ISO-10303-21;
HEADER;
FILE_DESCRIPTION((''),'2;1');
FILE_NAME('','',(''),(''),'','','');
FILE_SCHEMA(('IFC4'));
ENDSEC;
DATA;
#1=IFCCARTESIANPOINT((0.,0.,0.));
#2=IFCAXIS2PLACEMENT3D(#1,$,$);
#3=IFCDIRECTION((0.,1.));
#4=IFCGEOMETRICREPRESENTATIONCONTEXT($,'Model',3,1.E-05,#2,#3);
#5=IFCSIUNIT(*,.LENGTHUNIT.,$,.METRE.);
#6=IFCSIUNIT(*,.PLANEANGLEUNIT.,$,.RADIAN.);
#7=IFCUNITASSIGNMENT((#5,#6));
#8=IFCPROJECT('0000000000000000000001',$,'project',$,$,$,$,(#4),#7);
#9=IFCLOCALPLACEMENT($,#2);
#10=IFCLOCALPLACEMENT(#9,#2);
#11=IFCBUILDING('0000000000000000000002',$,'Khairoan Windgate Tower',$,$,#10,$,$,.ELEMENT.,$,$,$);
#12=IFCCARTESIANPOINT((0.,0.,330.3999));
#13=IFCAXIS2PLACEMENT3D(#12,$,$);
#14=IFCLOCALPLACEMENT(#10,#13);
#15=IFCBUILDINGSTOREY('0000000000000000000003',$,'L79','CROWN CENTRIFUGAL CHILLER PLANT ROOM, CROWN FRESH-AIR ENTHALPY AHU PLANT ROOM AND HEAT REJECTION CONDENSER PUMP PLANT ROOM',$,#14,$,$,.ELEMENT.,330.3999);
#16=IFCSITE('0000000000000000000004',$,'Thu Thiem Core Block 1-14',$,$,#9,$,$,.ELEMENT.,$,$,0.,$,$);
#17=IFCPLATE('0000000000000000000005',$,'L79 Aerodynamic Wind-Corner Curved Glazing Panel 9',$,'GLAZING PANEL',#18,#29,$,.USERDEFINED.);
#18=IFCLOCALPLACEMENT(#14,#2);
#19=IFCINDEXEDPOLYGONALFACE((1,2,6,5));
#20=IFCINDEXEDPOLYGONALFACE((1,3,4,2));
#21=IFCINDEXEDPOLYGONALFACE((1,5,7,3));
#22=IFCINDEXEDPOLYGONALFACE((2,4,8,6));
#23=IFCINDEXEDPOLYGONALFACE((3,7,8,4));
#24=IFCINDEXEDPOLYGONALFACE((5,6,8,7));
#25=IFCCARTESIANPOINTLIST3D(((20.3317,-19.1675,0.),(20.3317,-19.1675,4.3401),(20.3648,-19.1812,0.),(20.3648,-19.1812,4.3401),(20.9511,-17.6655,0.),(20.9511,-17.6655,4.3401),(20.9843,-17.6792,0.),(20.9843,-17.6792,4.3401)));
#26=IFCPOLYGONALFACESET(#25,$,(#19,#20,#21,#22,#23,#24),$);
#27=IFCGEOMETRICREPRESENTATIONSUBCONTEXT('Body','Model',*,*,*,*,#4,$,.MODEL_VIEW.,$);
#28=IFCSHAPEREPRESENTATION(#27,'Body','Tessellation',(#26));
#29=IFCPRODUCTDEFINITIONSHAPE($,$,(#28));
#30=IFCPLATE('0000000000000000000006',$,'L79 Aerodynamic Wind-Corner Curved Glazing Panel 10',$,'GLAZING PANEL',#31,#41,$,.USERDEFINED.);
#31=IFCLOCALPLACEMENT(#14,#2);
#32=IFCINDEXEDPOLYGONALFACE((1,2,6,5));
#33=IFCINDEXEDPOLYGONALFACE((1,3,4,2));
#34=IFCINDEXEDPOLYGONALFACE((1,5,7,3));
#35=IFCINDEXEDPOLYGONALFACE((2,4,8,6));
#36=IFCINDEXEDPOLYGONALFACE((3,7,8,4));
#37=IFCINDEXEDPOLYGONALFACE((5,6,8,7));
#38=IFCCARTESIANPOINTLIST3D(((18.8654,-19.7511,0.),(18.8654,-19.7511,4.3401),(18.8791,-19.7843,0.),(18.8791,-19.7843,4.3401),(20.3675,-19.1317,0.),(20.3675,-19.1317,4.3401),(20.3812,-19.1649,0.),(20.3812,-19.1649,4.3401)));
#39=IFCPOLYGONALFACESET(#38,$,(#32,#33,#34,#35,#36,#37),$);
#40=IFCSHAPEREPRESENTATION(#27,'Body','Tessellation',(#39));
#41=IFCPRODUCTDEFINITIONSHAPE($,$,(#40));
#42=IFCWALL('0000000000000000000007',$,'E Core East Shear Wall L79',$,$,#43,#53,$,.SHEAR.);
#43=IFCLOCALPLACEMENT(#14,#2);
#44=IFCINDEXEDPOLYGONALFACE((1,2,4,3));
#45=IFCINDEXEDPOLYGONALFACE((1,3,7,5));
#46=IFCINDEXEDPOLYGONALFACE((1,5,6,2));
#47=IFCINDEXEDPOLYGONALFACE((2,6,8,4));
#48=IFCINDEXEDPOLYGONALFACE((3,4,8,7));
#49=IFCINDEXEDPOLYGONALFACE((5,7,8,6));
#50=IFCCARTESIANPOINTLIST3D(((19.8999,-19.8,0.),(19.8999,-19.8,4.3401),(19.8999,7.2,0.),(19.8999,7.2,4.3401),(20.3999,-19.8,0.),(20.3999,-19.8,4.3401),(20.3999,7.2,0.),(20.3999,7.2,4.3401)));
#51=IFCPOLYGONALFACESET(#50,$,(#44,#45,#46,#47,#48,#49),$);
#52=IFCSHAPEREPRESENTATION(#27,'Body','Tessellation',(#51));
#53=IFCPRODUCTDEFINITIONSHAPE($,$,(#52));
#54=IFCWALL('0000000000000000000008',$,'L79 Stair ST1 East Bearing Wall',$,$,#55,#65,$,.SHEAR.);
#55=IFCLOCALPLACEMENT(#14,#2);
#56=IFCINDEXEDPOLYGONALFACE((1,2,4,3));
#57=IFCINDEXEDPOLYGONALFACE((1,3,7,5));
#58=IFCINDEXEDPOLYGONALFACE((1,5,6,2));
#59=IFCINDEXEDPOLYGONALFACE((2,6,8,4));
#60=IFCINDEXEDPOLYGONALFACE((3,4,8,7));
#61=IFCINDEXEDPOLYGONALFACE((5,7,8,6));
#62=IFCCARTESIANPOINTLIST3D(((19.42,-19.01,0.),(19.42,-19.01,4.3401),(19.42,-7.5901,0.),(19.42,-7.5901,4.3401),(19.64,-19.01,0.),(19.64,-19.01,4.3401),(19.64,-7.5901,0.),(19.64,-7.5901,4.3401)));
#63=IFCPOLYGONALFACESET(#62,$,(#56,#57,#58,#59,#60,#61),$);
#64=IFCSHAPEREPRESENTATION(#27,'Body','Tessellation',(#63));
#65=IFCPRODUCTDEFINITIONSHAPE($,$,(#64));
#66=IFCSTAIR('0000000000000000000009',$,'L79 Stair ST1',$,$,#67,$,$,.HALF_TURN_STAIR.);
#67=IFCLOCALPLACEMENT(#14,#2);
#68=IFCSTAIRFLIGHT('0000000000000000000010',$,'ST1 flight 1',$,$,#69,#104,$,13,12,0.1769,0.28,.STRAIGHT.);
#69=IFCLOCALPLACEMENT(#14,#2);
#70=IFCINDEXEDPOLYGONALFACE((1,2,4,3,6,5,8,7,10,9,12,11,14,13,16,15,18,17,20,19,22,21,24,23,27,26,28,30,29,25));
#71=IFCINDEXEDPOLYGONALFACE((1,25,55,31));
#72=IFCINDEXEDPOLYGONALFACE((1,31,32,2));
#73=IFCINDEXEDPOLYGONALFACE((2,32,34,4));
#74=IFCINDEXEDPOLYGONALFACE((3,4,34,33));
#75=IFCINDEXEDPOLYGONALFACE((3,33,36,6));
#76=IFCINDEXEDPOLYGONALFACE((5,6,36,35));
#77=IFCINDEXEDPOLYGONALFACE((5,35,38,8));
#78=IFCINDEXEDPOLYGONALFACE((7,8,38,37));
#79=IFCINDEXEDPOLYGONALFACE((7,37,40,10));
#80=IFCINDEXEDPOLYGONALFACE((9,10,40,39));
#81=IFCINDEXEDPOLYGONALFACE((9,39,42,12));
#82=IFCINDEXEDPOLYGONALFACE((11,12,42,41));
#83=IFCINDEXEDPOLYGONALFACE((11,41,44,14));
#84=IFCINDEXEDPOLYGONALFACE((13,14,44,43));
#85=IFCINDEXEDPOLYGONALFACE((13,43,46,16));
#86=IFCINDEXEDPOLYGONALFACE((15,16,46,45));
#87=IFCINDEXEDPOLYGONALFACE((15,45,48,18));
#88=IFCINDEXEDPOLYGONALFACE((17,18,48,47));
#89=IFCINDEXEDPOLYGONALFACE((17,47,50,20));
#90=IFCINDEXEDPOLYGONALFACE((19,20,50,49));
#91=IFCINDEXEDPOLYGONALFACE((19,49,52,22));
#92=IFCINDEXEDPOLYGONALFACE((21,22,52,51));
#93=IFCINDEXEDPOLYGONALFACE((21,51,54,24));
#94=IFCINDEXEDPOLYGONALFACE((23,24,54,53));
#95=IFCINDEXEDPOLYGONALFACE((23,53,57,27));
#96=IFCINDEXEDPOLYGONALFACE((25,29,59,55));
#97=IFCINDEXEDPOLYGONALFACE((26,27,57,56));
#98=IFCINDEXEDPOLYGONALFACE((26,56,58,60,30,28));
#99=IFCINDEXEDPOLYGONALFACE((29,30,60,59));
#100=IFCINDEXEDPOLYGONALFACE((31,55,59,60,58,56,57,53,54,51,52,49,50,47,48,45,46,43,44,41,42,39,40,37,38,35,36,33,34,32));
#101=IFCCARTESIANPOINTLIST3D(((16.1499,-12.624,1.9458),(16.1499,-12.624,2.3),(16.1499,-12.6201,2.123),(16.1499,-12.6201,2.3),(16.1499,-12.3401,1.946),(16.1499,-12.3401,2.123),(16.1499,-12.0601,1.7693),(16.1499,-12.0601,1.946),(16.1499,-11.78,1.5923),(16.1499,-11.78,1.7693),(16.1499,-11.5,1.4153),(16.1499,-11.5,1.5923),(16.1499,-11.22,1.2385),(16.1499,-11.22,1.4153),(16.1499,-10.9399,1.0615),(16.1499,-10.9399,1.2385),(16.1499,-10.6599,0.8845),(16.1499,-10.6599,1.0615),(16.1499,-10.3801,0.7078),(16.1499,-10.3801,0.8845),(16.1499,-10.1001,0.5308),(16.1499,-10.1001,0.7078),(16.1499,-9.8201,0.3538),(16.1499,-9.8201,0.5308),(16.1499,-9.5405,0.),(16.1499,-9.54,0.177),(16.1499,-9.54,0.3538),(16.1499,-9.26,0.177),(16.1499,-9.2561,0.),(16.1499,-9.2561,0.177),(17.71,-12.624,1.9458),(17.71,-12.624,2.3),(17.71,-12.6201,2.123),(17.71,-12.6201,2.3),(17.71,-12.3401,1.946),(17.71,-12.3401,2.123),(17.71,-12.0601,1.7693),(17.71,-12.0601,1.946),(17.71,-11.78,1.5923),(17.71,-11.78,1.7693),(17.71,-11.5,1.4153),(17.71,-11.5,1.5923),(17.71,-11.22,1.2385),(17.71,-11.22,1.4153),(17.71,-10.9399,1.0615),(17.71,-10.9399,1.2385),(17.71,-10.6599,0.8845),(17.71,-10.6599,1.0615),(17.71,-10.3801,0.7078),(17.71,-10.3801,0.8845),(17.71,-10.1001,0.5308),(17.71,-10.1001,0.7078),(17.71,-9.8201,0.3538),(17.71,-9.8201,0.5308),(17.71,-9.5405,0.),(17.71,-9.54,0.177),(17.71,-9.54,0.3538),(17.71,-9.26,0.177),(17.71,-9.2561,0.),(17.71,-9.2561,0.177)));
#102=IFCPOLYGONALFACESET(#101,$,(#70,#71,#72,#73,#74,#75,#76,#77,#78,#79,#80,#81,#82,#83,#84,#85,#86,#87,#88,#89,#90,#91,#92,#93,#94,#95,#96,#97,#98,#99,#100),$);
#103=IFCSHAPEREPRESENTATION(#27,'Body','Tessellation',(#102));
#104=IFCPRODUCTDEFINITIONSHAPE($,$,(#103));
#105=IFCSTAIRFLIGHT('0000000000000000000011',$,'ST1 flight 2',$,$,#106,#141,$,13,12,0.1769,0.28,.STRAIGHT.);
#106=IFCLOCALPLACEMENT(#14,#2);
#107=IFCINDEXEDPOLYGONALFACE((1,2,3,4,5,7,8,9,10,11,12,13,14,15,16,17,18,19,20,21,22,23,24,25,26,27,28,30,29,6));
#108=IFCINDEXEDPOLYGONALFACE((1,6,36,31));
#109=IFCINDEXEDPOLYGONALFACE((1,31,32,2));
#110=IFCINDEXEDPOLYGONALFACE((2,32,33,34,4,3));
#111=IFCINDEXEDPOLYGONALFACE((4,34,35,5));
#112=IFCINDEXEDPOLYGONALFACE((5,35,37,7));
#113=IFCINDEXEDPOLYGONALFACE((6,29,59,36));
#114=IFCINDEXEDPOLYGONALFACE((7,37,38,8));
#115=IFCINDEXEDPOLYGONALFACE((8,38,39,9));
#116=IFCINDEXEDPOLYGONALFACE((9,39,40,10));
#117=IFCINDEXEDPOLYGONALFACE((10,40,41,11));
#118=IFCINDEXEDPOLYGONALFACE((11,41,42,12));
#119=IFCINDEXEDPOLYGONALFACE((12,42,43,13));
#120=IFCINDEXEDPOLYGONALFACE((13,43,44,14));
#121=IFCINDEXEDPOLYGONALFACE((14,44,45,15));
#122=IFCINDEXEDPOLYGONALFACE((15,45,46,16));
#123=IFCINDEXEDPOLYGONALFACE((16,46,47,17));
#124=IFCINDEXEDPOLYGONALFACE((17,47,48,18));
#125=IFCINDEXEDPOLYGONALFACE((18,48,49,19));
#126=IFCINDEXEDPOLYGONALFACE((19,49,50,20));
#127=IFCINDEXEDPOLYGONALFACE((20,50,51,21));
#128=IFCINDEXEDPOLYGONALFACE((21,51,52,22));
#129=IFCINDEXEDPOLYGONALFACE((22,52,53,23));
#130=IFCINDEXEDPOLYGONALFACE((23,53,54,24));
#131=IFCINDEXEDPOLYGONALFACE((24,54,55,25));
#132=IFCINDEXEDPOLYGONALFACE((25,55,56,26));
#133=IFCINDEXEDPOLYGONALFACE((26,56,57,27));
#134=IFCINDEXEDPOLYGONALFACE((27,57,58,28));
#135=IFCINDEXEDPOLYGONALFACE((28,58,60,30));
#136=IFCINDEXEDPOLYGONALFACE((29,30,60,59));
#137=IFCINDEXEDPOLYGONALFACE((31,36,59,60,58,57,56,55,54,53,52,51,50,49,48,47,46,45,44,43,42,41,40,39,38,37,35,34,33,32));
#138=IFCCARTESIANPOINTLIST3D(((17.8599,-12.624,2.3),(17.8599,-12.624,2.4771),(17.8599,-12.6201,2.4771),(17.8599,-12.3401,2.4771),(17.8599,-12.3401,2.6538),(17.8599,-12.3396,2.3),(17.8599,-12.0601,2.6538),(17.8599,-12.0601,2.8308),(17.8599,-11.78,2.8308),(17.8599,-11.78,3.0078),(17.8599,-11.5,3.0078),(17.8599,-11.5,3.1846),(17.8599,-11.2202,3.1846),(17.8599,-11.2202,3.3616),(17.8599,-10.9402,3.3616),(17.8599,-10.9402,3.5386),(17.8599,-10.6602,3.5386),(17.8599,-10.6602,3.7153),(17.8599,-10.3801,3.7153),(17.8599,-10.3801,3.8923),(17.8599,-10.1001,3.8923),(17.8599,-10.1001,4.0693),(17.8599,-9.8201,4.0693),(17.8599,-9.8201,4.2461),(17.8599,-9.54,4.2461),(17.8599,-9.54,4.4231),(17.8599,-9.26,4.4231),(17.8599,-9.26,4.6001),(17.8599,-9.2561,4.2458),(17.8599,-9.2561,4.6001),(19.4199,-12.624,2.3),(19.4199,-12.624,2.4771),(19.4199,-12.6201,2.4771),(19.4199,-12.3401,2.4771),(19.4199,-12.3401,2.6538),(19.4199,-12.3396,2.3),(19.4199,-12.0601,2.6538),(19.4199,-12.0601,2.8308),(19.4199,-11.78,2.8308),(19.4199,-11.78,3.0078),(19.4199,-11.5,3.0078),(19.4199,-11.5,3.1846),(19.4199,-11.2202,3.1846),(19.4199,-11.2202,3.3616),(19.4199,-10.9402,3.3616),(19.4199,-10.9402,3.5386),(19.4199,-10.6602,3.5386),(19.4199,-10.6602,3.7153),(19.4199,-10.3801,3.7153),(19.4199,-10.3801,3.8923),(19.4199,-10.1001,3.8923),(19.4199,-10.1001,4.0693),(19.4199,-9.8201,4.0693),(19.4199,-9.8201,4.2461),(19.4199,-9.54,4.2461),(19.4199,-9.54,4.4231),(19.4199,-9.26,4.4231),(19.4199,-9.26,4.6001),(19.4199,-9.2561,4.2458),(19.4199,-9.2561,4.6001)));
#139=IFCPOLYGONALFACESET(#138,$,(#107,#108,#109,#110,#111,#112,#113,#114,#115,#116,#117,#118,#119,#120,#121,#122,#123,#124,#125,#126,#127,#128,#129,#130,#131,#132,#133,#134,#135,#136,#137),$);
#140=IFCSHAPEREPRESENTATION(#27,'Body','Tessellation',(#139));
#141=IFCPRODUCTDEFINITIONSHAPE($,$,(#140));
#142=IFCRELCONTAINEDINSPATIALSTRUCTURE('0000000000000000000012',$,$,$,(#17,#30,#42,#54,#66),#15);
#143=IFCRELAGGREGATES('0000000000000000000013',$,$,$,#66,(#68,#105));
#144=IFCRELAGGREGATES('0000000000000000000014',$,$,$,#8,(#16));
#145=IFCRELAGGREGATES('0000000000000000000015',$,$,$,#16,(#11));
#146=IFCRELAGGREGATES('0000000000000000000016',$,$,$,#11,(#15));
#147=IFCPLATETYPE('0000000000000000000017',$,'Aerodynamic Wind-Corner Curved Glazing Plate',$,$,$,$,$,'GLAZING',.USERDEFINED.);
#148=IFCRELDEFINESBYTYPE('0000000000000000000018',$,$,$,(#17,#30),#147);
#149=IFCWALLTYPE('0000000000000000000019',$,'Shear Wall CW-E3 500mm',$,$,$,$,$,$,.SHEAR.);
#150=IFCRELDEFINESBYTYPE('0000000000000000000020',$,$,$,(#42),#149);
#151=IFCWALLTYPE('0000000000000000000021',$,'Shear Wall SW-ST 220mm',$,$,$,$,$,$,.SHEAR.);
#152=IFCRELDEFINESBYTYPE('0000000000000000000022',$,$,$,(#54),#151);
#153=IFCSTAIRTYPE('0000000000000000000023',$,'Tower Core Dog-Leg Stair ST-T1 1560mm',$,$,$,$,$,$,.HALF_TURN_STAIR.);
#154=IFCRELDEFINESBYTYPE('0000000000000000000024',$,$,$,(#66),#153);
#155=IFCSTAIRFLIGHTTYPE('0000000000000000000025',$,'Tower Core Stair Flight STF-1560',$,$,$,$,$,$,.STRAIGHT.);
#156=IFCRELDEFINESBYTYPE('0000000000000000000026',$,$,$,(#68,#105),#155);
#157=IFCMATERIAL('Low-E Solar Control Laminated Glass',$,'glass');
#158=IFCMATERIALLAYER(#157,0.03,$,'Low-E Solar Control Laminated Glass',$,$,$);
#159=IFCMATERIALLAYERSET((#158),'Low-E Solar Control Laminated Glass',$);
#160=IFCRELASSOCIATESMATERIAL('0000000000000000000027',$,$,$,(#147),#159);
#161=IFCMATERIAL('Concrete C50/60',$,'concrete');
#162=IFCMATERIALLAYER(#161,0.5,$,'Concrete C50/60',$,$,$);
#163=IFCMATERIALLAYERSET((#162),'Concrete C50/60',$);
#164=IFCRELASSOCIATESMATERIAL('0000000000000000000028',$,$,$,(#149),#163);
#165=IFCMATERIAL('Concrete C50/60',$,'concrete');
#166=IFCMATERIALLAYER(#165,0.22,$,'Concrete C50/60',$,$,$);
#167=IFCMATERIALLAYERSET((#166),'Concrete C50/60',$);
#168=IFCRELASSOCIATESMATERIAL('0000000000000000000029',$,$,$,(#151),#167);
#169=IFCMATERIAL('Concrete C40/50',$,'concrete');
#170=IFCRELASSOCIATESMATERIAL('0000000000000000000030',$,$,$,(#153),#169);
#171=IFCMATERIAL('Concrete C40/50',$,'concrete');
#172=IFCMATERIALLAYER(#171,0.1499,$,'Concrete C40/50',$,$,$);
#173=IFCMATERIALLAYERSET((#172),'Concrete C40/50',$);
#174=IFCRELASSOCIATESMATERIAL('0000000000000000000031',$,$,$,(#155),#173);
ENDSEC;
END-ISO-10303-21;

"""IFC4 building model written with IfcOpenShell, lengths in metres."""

from ifc_helpers import new_model, si_unit, direction, frame, frame_2d, origin, origin_2d, place, context, subcontext, project, spatial, polyline, rectangle, outline, extrude, material, layer, layer_set, type_object, element, aggregate, save


model = new_model("IFC4")

# Units and contexts
model_context = context("Model", 3, precision=1e-05, world=origin(), true_north=direction((0.0, 1.0)))
body_context = subcontext(model_context, "Body", "Model", "MODEL_VIEW")
ifc_project = project(units=[si_unit("LENGTHUNIT", "METRE"), si_unit("PLANEANGLEUNIT", "RADIAN")], contexts=[model_context])

# Site, building, storey
site_placement = place(None, origin())
site = spatial("IfcSite", under=ifc_project, at=site_placement, Name="Thu Thiem Core Block 1-14", CompositionType="ELEMENT", RefElevation=0.0)
building_placement = place(site_placement, origin())
building = spatial("IfcBuilding", under=site, at=building_placement, Name="Khairoan Windgate Tower", CompositionType="ELEMENT")
storey_placement = place(building_placement, frame((0.0, 0.0, 330.3999)))
storey = spatial("IfcBuildingStorey", under=building, at=storey_placement, Name="L79", Description="CROWN CENTRIFUGAL CHILLER PLANT ROOM, CROWN FRESH-AIR ENTHALPY AHU PLANT ROOM AND HEAT REJECTION CONDENSER PUMP PLANT ROOM", CompositionType="ELEMENT", Elevation=330.3999)

# Plates
ifc_material_1 = material(Name="Low-E Solar Control Laminated Glass", Category="glass")
ifc_layer_1 = layer(ifc_material_1, 0.03, Name="Low-E Solar Control Laminated Glass")
ifc_layer_set_1 = layer_set([ifc_layer_1], Name="Low-E Solar Control Laminated Glass")
plate_type_1 = type_object("IfcPlateType", Name="Aerodynamic Wind-Corner Curved Glazing Plate", ElementType="GLAZING", PredefinedType="USERDEFINED", material=ifc_layer_set_1)
for number, where, z_axis, x_axis, name in (
    (1, (20.658, -18.4233, 0.0), (0.0, 0.0, 1.0), (-0.381232, -0.92448, 0.0), "L79 Aerodynamic Wind-Corner Curved Glazing Panel 9"),
    (2, (19.6233, -19.458, 0.0), (0.0, 0.0, 1.0), (-0.92448, -0.381232, 0.0), "L79 Aerodynamic Wind-Corner Curved Glazing Panel 10"),
):
    element("IfcPlate", number, at=place(storey_placement, frame(where, z_axis=z_axis, x_axis=x_axis)), inside=storey, type_object=plate_type_1, Name=name, ObjectType="GLAZING PANEL", PredefinedType="USERDEFINED", context=body_context, shape_type="SweptSolid", body=[
        extrude(rectangle(XDim=1.6248, YDim=0.0359, at=origin_2d()), origin(), (0.0, 0.0, 1.0), 4.3401),
    ])

# Walls
ifc_material_2 = material(Name="Concrete C50/60", Category="concrete")
ifc_layer_2 = layer(ifc_material_2, 0.5, Name="Concrete C50/60")
ifc_layer_set_2 = layer_set([ifc_layer_2], Name="Concrete C50/60")
wall_type_1 = type_object("IfcWallType", Name="Shear Wall CW-E3 500mm", PredefinedType="SHEAR", material=ifc_layer_set_2)
wall_1_placement = place(storey_placement, frame((20.1499, -19.8, 0.0), z_axis=(0.0, 0.0, 1.0), x_axis=(0.0, 1.0, 0.0)))
element("IfcWall", 3, at=wall_1_placement, inside=storey, type_object=wall_type_1, Name="E Core East Shear Wall L79", PredefinedType="SHEAR", context=body_context, shape_type="SweptSolid", body=[
    extrude(rectangle(XDim=27.0, YDim=0.5, at=frame_2d((13.5, 0.0))), origin(), (0.0, 0.0, 1.0), 4.3401),
])
ifc_material_3 = material(Name="Concrete C50/60", Category="concrete")
ifc_layer_3 = layer(ifc_material_3, 0.22, Name="Concrete C50/60")
ifc_layer_set_3 = layer_set([ifc_layer_3], Name="Concrete C50/60")
wall_type_2 = type_object("IfcWallType", Name="Shear Wall SW-ST 220mm", PredefinedType="SHEAR", material=ifc_layer_set_3)
wall_2_placement = place(storey_placement, frame((19.53, -19.01, 0.0), z_axis=(0.0, 0.0, 1.0), x_axis=(0.0, 1.0, 0.0)))
element("IfcWall", 4, at=wall_2_placement, inside=storey, type_object=wall_type_2, Name="L79 Stair ST1 East Bearing Wall", PredefinedType="SHEAR", context=body_context, shape_type="SweptSolid", body=[
    extrude(rectangle(XDim=11.4199, YDim=0.22, at=frame_2d((5.71, 0.0))), origin(), (0.0, 0.0, 1.0), 4.3401),
])

# Stair, stair flights
ifc_material_4 = material(Name="Concrete C40/50", Category="concrete")
stair_type = type_object("IfcStairType", Name="Tower Core Dog-Leg Stair ST-T1 1560mm", PredefinedType="HALF_TURN_STAIR", material=ifc_material_4)
stair_placement = place(storey_placement, origin())
stair = element("IfcStair", 5, at=stair_placement, inside=storey, type_object=stair_type, Name="L79 Stair ST1", PredefinedType="HALF_TURN_STAIR")
ifc_material_5 = material(Name="Concrete C40/50", Category="concrete")
ifc_layer_4 = layer(ifc_material_5, 0.1499, Name="Concrete C40/50")
ifc_layer_set_4 = layer_set([ifc_layer_4], Name="Concrete C40/50")
stair_flight_type = type_object("IfcStairFlightType", Name="Tower Core Stair Flight STF-1560", PredefinedType="STRAIGHT", material=ifc_layer_set_4)
stair_flight_1_placement = place(storey_placement, frame((16.9299, -9.26, 0.0), z_axis=(0.0, 0.0, 1.0), x_axis=(0.0, -1.0, 0.0)))
stair_flight_1 = element("IfcStairFlight", 6, at=stair_flight_1_placement, type_object=stair_flight_type, Name="ST1 flight 1", NumberOfRisers=13, NumberOfTreads=12, PredefinedType="STRAIGHT", RiserHeight=0.1769, TreadLength=0.28, context=body_context, shape_type="SweptSolid", body=[
    extrude(outline(polyline([(-0.0039, 0.0), (-0.0039, 0.177), (0.0, 0.177), (0.28, 0.177), (0.28, 0.3538), (0.5601, 0.3538), (0.5601, 0.5308), (0.8401, 0.5308), (0.8401, 0.7078), (1.1201, 0.7078), (1.1201, 0.8845), (1.3999, 0.8845), (1.3999, 1.0615), (1.6799, 1.0615), (1.6799, 1.2385), (1.96, 1.2385), (1.96, 1.4153), (2.24, 1.4153), (2.24, 1.5923), (2.52, 1.5923), (2.52, 1.7693), (2.8, 1.7693), (2.8, 1.946), (3.0801, 1.946), (3.0801, 2.123), (3.3601, 2.123), (3.3601, 2.3), (3.364, 2.3), (3.364, 1.9458), (0.2805, 0.0), (-0.0039, 0.0)])), frame((0.0, 0.78, 0.0), z_axis=(0.0, -1.0, 0.0), x_axis=(1.0, 0.0, 0.0)), (0.0, 0.0, 1.0), 1.5601),
])
stair_flight_2_placement = place(storey_placement, frame((18.6399, -12.6201, 2.3), z_axis=(0.0, 0.0, 1.0), x_axis=(0.0, 1.0, 0.0)))
stair_flight_2 = element("IfcStairFlight", 7, at=stair_flight_2_placement, type_object=stair_flight_type, Name="ST1 flight 2", NumberOfRisers=13, NumberOfTreads=12, PredefinedType="STRAIGHT", RiserHeight=0.1769, TreadLength=0.28, context=body_context, shape_type="SweptSolid", body=[
    extrude(outline(polyline([(-0.0039, 0.0), (-0.0039, 0.177), (0.0, 0.177), (0.28, 0.177), (0.28, 0.3538), (0.5601, 0.3538), (0.5601, 0.5308), (0.8401, 0.5308), (0.8401, 0.7078), (1.1201, 0.7078), (1.1201, 0.8845), (1.3999, 0.8845), (1.3999, 1.0615), (1.6799, 1.0615), (1.6799, 1.2385), (1.96, 1.2385), (1.96, 1.4153), (2.24, 1.4153), (2.24, 1.5923), (2.52, 1.5923), (2.52, 1.7693), (2.8, 1.7693), (2.8, 1.946), (3.0801, 1.946), (3.0801, 2.123), (3.3601, 2.123), (3.3601, 2.3), (3.364, 2.3), (3.364, 1.9458), (0.2805, 0.0), (-0.0039, 0.0)])), frame((0.0, 0.78, 0.0), z_axis=(0.0, -1.0, 0.0), x_axis=(1.0, 0.0, 0.0)), (0.0, 0.0, 1.0), 1.5601),
])
aggregate(stair, [stair_flight_1, stair_flight_2])

save(model, "model.ifc")
